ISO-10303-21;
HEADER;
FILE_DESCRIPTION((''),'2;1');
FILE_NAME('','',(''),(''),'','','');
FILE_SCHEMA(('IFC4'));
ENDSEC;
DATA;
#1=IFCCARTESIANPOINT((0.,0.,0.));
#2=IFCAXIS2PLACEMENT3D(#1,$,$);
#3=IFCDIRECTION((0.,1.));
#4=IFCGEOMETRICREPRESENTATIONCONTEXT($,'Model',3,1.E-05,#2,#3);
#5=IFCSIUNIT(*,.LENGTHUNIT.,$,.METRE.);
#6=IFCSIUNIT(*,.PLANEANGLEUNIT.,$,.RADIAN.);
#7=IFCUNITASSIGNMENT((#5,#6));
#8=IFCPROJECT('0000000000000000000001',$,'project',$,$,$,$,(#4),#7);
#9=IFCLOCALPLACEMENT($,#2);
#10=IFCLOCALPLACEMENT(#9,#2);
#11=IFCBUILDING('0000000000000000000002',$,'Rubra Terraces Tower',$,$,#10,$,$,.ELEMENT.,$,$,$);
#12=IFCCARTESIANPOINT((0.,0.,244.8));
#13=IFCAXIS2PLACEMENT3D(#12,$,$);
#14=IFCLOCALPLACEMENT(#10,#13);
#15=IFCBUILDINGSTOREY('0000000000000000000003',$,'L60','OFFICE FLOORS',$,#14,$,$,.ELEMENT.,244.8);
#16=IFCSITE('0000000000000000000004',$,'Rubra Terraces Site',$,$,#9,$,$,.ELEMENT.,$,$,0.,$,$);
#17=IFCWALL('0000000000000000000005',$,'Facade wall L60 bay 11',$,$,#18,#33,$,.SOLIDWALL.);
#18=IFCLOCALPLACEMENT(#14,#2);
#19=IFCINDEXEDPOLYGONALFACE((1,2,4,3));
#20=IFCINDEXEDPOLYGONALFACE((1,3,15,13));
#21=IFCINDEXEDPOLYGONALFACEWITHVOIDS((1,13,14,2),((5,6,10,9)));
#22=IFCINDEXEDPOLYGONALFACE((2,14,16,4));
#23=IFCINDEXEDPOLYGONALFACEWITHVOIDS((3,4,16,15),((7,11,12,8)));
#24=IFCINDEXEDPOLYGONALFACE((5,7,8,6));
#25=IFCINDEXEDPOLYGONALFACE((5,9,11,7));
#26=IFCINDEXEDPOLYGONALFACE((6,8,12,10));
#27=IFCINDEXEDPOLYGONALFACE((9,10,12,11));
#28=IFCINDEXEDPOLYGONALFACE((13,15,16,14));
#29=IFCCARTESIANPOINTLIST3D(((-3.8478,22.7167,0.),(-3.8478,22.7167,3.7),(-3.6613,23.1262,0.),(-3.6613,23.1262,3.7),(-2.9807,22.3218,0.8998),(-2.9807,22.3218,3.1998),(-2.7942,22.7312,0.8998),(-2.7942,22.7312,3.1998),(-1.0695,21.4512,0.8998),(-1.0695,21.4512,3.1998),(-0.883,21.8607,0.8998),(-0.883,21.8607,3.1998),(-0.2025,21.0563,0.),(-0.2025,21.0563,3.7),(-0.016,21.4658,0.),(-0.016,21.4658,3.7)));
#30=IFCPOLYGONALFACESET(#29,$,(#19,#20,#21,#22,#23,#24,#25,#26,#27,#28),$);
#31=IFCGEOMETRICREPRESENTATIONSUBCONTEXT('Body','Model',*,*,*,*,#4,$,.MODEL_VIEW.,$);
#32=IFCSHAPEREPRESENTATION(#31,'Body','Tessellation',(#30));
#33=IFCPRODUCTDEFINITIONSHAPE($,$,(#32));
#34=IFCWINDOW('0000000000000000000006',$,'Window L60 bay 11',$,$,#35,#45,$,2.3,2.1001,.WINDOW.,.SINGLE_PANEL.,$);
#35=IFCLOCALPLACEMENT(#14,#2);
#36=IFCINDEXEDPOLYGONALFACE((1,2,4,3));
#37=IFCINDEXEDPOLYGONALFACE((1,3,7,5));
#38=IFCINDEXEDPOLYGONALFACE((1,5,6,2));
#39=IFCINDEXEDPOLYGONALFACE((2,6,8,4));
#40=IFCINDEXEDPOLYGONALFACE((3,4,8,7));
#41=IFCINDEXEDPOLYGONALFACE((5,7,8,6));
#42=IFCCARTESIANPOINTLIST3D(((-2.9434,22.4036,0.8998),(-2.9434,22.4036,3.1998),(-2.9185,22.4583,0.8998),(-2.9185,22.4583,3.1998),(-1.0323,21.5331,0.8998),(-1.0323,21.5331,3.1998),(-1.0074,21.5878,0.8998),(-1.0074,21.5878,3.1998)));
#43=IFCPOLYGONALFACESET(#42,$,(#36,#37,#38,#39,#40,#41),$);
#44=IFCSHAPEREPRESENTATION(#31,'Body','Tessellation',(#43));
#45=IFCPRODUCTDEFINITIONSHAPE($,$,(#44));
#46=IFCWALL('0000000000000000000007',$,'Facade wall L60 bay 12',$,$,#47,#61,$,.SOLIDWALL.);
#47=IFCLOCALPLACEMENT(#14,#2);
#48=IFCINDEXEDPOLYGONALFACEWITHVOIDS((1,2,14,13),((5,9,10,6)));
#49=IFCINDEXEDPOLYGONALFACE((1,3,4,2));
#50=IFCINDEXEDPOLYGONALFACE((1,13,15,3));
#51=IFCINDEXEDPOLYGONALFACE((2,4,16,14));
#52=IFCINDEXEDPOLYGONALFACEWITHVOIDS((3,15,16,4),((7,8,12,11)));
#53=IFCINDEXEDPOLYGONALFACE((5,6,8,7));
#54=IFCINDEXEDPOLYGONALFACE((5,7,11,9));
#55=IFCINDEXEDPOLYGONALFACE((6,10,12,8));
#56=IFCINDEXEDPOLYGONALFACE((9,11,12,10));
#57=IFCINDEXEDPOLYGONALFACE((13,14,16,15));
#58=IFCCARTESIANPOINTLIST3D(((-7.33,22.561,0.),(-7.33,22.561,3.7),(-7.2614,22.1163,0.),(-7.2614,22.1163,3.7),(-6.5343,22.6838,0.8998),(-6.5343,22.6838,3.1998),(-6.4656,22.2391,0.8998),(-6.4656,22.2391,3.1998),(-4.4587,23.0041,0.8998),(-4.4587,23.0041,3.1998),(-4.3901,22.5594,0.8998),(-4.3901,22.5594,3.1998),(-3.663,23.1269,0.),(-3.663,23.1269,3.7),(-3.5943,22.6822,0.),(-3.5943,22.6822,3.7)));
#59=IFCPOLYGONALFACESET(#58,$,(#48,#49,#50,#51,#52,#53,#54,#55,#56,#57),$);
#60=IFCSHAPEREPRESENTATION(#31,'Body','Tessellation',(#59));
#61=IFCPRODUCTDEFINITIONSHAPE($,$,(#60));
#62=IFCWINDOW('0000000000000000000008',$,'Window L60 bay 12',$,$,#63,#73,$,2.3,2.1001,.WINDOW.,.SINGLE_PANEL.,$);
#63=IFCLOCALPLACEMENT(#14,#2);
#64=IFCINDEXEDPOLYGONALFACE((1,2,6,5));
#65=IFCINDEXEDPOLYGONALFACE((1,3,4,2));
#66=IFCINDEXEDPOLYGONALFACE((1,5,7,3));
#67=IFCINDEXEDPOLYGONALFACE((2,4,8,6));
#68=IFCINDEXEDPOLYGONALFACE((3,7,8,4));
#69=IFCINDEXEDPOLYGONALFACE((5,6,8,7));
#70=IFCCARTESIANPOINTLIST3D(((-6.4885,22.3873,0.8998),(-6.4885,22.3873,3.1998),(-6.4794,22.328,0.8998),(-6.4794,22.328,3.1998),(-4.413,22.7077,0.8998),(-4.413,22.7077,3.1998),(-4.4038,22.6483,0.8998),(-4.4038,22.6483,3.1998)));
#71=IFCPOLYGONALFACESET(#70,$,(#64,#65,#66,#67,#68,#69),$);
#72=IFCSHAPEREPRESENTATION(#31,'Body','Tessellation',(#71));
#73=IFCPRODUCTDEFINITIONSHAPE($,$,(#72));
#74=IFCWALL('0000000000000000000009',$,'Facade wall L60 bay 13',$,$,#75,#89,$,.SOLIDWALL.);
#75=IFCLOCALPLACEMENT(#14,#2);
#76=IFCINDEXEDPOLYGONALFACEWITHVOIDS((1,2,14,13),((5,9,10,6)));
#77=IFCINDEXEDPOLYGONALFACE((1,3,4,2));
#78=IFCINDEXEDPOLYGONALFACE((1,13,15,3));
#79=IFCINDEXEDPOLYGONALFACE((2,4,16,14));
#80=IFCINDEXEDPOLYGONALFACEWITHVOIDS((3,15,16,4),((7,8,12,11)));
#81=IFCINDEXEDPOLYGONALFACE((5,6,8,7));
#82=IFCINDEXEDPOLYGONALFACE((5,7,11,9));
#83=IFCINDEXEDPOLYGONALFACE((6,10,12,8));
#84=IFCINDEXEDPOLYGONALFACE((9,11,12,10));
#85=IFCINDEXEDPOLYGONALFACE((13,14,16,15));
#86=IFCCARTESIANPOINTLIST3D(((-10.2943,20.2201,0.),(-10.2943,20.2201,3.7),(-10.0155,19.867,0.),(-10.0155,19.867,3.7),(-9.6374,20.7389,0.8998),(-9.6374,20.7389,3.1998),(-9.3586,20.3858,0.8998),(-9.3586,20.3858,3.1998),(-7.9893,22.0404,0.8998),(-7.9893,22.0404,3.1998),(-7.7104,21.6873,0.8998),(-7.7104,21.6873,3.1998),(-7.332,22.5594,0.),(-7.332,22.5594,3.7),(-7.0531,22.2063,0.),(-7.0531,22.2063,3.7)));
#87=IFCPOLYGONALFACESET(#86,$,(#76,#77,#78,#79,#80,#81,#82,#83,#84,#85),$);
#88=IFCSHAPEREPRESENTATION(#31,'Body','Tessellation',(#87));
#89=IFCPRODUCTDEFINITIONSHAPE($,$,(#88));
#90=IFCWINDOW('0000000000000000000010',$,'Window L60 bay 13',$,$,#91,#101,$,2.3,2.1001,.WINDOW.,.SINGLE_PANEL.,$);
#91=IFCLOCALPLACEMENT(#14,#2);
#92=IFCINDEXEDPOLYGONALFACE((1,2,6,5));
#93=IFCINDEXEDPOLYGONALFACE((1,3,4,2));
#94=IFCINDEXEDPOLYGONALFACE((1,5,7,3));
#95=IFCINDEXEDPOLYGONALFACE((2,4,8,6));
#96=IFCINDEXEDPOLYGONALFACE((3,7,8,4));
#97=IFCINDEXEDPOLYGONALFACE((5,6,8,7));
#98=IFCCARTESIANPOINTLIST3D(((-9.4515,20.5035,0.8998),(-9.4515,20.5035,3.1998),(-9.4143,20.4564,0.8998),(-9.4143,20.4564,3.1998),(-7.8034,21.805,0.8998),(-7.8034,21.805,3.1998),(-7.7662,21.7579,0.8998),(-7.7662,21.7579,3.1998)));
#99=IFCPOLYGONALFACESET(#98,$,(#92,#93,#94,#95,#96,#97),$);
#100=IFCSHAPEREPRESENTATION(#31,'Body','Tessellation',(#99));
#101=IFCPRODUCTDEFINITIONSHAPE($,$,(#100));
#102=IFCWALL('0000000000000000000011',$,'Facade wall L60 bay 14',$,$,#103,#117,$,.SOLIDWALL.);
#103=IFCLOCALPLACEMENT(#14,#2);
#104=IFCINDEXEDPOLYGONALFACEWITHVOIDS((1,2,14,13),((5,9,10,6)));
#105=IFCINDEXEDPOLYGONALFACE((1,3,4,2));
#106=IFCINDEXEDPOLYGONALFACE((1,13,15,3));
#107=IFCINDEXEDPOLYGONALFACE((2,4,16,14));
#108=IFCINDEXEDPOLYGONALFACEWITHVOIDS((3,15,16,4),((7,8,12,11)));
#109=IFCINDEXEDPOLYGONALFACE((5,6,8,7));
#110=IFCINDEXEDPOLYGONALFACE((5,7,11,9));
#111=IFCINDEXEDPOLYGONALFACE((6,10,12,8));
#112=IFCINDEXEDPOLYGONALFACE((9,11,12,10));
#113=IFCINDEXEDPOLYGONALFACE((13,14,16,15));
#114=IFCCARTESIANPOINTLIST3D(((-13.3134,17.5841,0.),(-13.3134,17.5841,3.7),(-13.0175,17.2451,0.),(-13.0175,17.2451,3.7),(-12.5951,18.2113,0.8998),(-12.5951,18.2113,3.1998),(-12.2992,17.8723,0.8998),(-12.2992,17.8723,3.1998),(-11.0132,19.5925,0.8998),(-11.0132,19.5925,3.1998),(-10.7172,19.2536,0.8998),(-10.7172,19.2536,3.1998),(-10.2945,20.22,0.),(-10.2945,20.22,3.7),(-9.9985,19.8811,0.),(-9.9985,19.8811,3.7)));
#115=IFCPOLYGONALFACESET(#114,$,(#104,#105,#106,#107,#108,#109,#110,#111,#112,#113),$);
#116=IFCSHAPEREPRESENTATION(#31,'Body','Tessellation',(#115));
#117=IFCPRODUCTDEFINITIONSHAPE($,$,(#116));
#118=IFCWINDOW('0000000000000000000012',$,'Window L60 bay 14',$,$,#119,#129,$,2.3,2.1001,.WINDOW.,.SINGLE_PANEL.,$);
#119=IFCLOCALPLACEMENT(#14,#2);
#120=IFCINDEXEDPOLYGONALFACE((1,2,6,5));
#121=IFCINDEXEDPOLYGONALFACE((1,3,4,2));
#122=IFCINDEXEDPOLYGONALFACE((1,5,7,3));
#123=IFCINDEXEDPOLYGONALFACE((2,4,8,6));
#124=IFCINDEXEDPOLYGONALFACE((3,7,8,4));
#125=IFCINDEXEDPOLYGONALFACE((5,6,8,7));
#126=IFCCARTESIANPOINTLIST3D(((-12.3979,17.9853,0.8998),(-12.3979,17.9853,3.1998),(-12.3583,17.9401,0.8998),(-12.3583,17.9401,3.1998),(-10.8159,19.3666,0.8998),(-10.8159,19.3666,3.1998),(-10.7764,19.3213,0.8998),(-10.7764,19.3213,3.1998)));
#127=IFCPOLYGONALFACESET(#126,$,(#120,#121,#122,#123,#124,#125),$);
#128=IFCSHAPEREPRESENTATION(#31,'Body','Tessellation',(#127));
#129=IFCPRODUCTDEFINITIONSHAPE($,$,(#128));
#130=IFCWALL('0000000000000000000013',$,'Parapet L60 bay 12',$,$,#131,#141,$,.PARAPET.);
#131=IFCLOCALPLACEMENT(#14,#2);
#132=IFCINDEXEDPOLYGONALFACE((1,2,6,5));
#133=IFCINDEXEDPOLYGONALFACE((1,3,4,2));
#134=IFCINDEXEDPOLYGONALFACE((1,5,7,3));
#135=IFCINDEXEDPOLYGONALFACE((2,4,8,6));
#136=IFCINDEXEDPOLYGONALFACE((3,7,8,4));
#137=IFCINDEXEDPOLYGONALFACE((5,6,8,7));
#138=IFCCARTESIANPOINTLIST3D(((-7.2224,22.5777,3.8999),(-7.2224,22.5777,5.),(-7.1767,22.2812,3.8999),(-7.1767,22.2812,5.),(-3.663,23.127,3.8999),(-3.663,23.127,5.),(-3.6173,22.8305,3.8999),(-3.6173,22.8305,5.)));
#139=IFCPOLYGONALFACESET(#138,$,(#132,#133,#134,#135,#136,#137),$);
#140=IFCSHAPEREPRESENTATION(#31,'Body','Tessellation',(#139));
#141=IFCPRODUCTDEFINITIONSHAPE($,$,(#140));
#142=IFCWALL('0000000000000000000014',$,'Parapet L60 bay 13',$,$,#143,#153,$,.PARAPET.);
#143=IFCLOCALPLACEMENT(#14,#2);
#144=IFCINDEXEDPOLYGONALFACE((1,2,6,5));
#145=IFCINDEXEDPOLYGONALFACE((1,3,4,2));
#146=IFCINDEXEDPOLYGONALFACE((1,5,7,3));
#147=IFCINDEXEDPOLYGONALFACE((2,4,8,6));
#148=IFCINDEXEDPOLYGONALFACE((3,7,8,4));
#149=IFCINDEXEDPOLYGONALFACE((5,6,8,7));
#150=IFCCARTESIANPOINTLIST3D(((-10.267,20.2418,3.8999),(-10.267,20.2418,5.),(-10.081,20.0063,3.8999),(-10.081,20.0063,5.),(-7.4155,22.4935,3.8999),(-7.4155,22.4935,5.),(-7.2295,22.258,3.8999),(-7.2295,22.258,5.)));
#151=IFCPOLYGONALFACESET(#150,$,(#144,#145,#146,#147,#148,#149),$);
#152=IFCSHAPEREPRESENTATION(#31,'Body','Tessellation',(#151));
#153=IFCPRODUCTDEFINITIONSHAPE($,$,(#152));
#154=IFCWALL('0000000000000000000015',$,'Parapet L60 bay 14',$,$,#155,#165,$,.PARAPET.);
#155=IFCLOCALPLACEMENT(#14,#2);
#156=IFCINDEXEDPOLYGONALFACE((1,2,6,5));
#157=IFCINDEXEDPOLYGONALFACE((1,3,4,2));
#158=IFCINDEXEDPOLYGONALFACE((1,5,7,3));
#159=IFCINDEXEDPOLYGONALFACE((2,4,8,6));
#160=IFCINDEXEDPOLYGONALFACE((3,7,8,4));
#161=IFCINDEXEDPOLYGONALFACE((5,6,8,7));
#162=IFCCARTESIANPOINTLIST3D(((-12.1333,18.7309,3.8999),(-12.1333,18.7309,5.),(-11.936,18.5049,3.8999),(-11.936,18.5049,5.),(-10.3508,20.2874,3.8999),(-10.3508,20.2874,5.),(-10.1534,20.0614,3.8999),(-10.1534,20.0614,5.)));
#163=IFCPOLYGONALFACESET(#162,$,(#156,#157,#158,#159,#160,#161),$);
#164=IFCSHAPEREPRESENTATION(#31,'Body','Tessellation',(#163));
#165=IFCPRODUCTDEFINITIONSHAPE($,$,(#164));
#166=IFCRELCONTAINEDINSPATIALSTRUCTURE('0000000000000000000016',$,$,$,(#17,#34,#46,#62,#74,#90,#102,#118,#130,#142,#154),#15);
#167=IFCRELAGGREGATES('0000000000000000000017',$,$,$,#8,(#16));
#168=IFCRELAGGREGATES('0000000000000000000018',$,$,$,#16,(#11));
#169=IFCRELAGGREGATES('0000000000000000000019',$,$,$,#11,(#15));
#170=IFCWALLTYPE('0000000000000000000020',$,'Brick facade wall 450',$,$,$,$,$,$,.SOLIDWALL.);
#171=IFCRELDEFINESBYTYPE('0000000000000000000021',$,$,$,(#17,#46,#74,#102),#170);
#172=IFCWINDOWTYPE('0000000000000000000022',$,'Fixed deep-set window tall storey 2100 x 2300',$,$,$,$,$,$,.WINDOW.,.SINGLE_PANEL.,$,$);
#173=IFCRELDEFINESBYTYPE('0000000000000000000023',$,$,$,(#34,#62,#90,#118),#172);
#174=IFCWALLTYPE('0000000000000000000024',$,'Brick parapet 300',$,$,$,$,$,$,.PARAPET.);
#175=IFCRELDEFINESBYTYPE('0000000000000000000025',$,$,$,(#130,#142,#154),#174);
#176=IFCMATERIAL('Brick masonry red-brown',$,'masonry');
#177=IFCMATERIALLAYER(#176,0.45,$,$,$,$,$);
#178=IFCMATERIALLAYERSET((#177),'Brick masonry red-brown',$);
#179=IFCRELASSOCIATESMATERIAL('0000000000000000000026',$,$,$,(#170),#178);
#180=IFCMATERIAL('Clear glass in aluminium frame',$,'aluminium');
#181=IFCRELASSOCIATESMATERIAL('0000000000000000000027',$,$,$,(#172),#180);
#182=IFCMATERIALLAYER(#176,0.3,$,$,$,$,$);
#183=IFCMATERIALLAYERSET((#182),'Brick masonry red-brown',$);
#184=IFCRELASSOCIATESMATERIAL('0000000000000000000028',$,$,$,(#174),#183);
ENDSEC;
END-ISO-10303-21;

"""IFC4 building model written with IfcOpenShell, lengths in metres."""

from ifc_helpers import new_model, si_unit, direction, frame, frame_2d, origin, place, context, subcontext, project, spatial, rectangle, extrude, material, layer, layer_set, type_object, element, fill, save


model = new_model("IFC4")

# Units and contexts
model_context = context("Model", 3, precision=1e-05, world=origin(), true_north=direction((0.0, 1.0)))
body_context = subcontext(model_context, "Body", "Model", "MODEL_VIEW")
ifc_project = project(units=[si_unit("LENGTHUNIT", "METRE"), si_unit("PLANEANGLEUNIT", "RADIAN")], contexts=[model_context])

# Site, building, storey
site_placement = place(None, origin())
site = spatial("IfcSite", under=ifc_project, at=site_placement, Name="Rubra Terraces Site", CompositionType="ELEMENT", RefElevation=0.0)
building_placement = place(site_placement, origin())
building = spatial("IfcBuilding", under=site, at=building_placement, Name="Rubra Terraces Tower", CompositionType="ELEMENT")
storey_placement = place(building_placement, frame((0.0, 0.0, 244.8)))
storey = spatial("IfcBuildingStorey", under=building, at=storey_placement, Name="L60", Description="OFFICE FLOORS", CompositionType="ELEMENT", Elevation=244.8)

# Walls, openings, windows
ifc_material_1 = material(Name="Brick masonry red-brown", Category="masonry")
ifc_layer_1 = layer(ifc_material_1, 0.45)
ifc_layer_set_1 = layer_set([ifc_layer_1], Name="Brick masonry red-brown")
wall_type_1 = type_object("IfcWallType", Name="Brick facade wall 450", PredefinedType="SOLIDWALL", material=ifc_layer_set_1)
wall_1_placement = place(storey_placement, frame((-0.1091, 21.261, 0.0), z_axis=(0.0, 0.0, 1.0), x_axis=(-0.910041, 0.414519, 0.0)))
wall_1 = element("IfcWall", 1, at=wall_1_placement, inside=storey, type_object=wall_type_1, Name="Facade wall L60 bay 11", PredefinedType="SOLIDWALL", context=body_context, shape_type="SweptSolid", body=[
    extrude(rectangle(XDim=4.0056, YDim=0.45, at=frame_2d((2.0029, 0.0))), origin(), (0.0, 0.0, 1.0), 3.7),
])
opening_1_placement = place(wall_1_placement, frame((0.9529, 0.0, 0.8999)))
opening_1 = element("IfcOpeningElement", 2, at=opening_1_placement, cuts=wall_1, PredefinedType="OPENING", context=body_context, shape_type="SweptSolid", body=[
    extrude(rectangle(XDim=2.1001, YDim=2.3, at=frame_2d((1.05, 1.1499))), frame((0.0, 0.2349, 0.0), z_axis=(0.0, -1.0, 0.0), x_axis=(1.0, 0.0, 0.0)), (0.0, 0.0, 1.0), 0.47),
])
ifc_material_2 = material(Name="Clear glass in aluminium frame", Category="aluminium")
window_type = type_object("IfcWindowType", Name="Fixed deep-set window tall storey 2100 x 2300", PartitioningType="SINGLE_PANEL", PredefinedType="WINDOW", material=ifc_material_2)
window_1_placement = place(opening_1_placement, origin())
window_1 = element("IfcWindow", 3, at=window_1_placement, inside=storey, type_object=window_type, Name="Window L60 bay 11", OverallHeight=2.3, OverallWidth=2.1001, PartitioningType="SINGLE_PANEL", PredefinedType="WINDOW", context=body_context, shape_type="SweptSolid", body=[
    extrude(rectangle(XDim=2.1001, YDim=2.3, at=frame_2d((1.05, 1.1499))), frame((0.0, 0.135, 0.0), z_axis=(0.0, -1.0, 0.0), x_axis=(1.0, 0.0, 0.0)), (0.0, 0.0, 1.0), 0.0601),
])
fill(opening_1, window_1)
wall_2_placement = place(storey_placement, frame((-3.6287, 22.9045, 0.0), z_axis=(0.0, 0.0, 1.0), x_axis=(-0.9883, -0.152522, 0.0)))
wall_2 = element("IfcWall", 4, at=wall_2_placement, inside=storey, type_object=wall_type_1, Name="Facade wall L60 bay 12", PredefinedType="SOLIDWALL", context=body_context, shape_type="SweptSolid", body=[
    extrude(rectangle(XDim=3.7104, YDim=0.45, at=frame_2d((1.8552, 0.0))), origin(), (0.0, 0.0, 1.0), 3.7),
])
opening_2_placement = place(wall_2_placement, frame((0.8052, 0.0, 0.8999)))
opening_2 = element("IfcOpeningElement", 5, at=opening_2_placement, cuts=wall_2, PredefinedType="OPENING", context=body_context, shape_type="SweptSolid", body=[
    extrude(rectangle(XDim=2.1001, YDim=2.3, at=frame_2d((1.05, 1.1499))), frame((0.0, 0.2349, 0.0), z_axis=(0.0, -1.0, 0.0), x_axis=(1.0, 0.0, 0.0)), (0.0, 0.0, 1.0), 0.47),
])
window_2_placement = place(opening_2_placement, origin())
window_2 = element("IfcWindow", 6, at=window_2_placement, inside=storey, type_object=window_type, Name="Window L60 bay 12", OverallHeight=2.3, OverallWidth=2.1001, PartitioningType="SINGLE_PANEL", PredefinedType="WINDOW", context=body_context, shape_type="SweptSolid", body=[
    extrude(rectangle(XDim=2.1001, YDim=2.3, at=frame_2d((1.05, 1.1499))), frame((0.0, 0.135, 0.0), z_axis=(0.0, -1.0, 0.0), x_axis=(1.0, 0.0, 0.0)), (0.0, 0.0, 1.0), 0.0601),
])
fill(opening_2, window_2)
wall_3_placement = place(storey_placement, frame((-7.1926, 22.3828, 0.0), z_axis=(0.0, 0.0, 1.0), x_axis=(-0.784803, -0.619745, 0.0)))
wall_3 = element("IfcWall", 7, at=wall_3_placement, inside=storey, type_object=wall_type_1, Name="Facade wall L60 bay 13", PredefinedType="SOLIDWALL", context=body_context, shape_type="SweptSolid", body=[
    extrude(rectangle(XDim=3.7747, YDim=0.45, at=frame_2d((1.8872, 0.0))), origin(), (0.0, 0.0, 1.0), 3.7),
])
opening_3_placement = place(wall_3_placement, frame((0.8374, 0.0, 0.8999)))
opening_3 = element("IfcOpeningElement", 8, at=opening_3_placement, cuts=wall_3, PredefinedType="OPENING", context=body_context, shape_type="SweptSolid", body=[
    extrude(rectangle(XDim=2.1001, YDim=2.3, at=frame_2d((1.05, 1.1499))), frame((0.0, 0.2349, 0.0), z_axis=(0.0, -1.0, 0.0), x_axis=(1.0, 0.0, 0.0)), (0.0, 0.0, 1.0), 0.47),
])
window_3_placement = place(opening_3_placement, origin())
window_3 = element("IfcWindow", 9, at=window_3_placement, inside=storey, type_object=window_type, Name="Window L60 bay 13", OverallHeight=2.3, OverallWidth=2.1001, PartitioningType="SINGLE_PANEL", PredefinedType="WINDOW", context=body_context, shape_type="SweptSolid", body=[
    extrude(rectangle(XDim=2.1001, YDim=2.3, at=frame_2d((1.05, 1.1499))), frame((0.0, 0.135, 0.0), z_axis=(0.0, -1.0, 0.0), x_axis=(1.0, 0.0, 0.0)), (0.0, 0.0, 1.0), 0.0601),
])
fill(opening_3, window_3)
wall_4_placement = place(storey_placement, frame((-10.1465, 20.0505, 0.0), z_axis=(0.0, 0.0, 1.0), x_axis=(-0.753278, -0.657702, 0.0)))
wall_4 = element("IfcWall", 10, at=wall_4_placement, inside=storey, type_object=wall_type_1, Name="Facade wall L60 bay 14", PredefinedType="SOLIDWALL", context=body_context, shape_type="SweptSolid", body=[
    extrude(rectangle(XDim=4.0078, YDim=0.45, at=frame_2d((2.0039, 0.0))), origin(), (0.0, 0.0, 1.0), 3.7),
])
opening_4_placement = place(wall_4_placement, frame((0.9541, 0.0, 0.8999)))
opening_4 = element("IfcOpeningElement", 11, at=opening_4_placement, cuts=wall_4, PredefinedType="OPENING", context=body_context, shape_type="SweptSolid", body=[
    extrude(rectangle(XDim=2.1001, YDim=2.3, at=frame_2d((1.05, 1.1499))), frame((0.0, 0.2349, 0.0), z_axis=(0.0, -1.0, 0.0), x_axis=(1.0, 0.0, 0.0)), (0.0, 0.0, 1.0), 0.47),
])
window_4_placement = place(opening_4_placement, origin())
window_4 = element("IfcWindow", 12, at=window_4_placement, inside=storey, type_object=window_type, Name="Window L60 bay 14", OverallHeight=2.3, OverallWidth=2.1001, PartitioningType="SINGLE_PANEL", PredefinedType="WINDOW", context=body_context, shape_type="SweptSolid", body=[
    extrude(rectangle(XDim=2.1001, YDim=2.3, at=frame_2d((1.05, 1.1499))), frame((0.0, 0.135, 0.0), z_axis=(0.0, -1.0, 0.0), x_axis=(1.0, 0.0, 0.0)), (0.0, 0.0, 1.0), 0.0601),
])
fill(opening_4, window_4)

# Walls
ifc_layer_2 = layer(ifc_material_1, 0.3)
ifc_layer_set_2 = layer_set([ifc_layer_2], Name="Brick masonry red-brown")
wall_type_2 = type_object("IfcWallType", Name="Brick parapet 300", PredefinedType="PARAPET", material=ifc_layer_set_2)
wall_5_placement = place(storey_placement, frame((-3.6401, 22.9788, 3.8999), z_axis=(0.0, 0.0, 1.0), x_axis=(-0.988299, -0.152526, 0.0)))
element("IfcWall", 13, at=wall_5_placement, inside=storey, type_object=wall_type_2, Name="Parapet L60 bay 12", PredefinedType="PARAPET", context=body_context, shape_type="SweptSolid", body=[
    extrude(rectangle(XDim=3.6016, YDim=0.3, at=frame_2d((1.8008, 0.0))), origin(), (0.0, 0.0, 1.0), 1.1001),
])
wall_6_placement = place(storey_placement, frame((-7.3225, 22.3757, 3.8999), z_axis=(0.0, 0.0, 1.0), x_axis=(-0.784819, -0.619725, 0.0)))
element("IfcWall", 14, at=wall_6_placement, inside=storey, type_object=wall_type_2, Name="Parapet L60 bay 13", PredefinedType="PARAPET", context=body_context, shape_type="SweptSolid", body=[
    extrude(rectangle(XDim=3.6333, YDim=0.3, at=frame_2d((1.8167, 0.0))), origin(), (0.0, 0.0, 1.0), 1.1001),
])
wall_7_placement = place(storey_placement, frame((-10.2522, 20.1743, 3.8999), z_axis=(0.0, 0.0, 1.0), x_axis=(-0.75326, -0.657723, 0.0)))
element("IfcWall", 15, at=wall_7_placement, inside=storey, type_object=wall_type_2, Name="Parapet L60 bay 14", PredefinedType="PARAPET", context=body_context, shape_type="SweptSolid", body=[
    extrude(rectangle(XDim=2.3665, YDim=0.3, at=frame_2d((1.1831, 0.0))), origin(), (0.0, 0.0, 1.0), 1.1001),
])

save(model, "model.ifc")
